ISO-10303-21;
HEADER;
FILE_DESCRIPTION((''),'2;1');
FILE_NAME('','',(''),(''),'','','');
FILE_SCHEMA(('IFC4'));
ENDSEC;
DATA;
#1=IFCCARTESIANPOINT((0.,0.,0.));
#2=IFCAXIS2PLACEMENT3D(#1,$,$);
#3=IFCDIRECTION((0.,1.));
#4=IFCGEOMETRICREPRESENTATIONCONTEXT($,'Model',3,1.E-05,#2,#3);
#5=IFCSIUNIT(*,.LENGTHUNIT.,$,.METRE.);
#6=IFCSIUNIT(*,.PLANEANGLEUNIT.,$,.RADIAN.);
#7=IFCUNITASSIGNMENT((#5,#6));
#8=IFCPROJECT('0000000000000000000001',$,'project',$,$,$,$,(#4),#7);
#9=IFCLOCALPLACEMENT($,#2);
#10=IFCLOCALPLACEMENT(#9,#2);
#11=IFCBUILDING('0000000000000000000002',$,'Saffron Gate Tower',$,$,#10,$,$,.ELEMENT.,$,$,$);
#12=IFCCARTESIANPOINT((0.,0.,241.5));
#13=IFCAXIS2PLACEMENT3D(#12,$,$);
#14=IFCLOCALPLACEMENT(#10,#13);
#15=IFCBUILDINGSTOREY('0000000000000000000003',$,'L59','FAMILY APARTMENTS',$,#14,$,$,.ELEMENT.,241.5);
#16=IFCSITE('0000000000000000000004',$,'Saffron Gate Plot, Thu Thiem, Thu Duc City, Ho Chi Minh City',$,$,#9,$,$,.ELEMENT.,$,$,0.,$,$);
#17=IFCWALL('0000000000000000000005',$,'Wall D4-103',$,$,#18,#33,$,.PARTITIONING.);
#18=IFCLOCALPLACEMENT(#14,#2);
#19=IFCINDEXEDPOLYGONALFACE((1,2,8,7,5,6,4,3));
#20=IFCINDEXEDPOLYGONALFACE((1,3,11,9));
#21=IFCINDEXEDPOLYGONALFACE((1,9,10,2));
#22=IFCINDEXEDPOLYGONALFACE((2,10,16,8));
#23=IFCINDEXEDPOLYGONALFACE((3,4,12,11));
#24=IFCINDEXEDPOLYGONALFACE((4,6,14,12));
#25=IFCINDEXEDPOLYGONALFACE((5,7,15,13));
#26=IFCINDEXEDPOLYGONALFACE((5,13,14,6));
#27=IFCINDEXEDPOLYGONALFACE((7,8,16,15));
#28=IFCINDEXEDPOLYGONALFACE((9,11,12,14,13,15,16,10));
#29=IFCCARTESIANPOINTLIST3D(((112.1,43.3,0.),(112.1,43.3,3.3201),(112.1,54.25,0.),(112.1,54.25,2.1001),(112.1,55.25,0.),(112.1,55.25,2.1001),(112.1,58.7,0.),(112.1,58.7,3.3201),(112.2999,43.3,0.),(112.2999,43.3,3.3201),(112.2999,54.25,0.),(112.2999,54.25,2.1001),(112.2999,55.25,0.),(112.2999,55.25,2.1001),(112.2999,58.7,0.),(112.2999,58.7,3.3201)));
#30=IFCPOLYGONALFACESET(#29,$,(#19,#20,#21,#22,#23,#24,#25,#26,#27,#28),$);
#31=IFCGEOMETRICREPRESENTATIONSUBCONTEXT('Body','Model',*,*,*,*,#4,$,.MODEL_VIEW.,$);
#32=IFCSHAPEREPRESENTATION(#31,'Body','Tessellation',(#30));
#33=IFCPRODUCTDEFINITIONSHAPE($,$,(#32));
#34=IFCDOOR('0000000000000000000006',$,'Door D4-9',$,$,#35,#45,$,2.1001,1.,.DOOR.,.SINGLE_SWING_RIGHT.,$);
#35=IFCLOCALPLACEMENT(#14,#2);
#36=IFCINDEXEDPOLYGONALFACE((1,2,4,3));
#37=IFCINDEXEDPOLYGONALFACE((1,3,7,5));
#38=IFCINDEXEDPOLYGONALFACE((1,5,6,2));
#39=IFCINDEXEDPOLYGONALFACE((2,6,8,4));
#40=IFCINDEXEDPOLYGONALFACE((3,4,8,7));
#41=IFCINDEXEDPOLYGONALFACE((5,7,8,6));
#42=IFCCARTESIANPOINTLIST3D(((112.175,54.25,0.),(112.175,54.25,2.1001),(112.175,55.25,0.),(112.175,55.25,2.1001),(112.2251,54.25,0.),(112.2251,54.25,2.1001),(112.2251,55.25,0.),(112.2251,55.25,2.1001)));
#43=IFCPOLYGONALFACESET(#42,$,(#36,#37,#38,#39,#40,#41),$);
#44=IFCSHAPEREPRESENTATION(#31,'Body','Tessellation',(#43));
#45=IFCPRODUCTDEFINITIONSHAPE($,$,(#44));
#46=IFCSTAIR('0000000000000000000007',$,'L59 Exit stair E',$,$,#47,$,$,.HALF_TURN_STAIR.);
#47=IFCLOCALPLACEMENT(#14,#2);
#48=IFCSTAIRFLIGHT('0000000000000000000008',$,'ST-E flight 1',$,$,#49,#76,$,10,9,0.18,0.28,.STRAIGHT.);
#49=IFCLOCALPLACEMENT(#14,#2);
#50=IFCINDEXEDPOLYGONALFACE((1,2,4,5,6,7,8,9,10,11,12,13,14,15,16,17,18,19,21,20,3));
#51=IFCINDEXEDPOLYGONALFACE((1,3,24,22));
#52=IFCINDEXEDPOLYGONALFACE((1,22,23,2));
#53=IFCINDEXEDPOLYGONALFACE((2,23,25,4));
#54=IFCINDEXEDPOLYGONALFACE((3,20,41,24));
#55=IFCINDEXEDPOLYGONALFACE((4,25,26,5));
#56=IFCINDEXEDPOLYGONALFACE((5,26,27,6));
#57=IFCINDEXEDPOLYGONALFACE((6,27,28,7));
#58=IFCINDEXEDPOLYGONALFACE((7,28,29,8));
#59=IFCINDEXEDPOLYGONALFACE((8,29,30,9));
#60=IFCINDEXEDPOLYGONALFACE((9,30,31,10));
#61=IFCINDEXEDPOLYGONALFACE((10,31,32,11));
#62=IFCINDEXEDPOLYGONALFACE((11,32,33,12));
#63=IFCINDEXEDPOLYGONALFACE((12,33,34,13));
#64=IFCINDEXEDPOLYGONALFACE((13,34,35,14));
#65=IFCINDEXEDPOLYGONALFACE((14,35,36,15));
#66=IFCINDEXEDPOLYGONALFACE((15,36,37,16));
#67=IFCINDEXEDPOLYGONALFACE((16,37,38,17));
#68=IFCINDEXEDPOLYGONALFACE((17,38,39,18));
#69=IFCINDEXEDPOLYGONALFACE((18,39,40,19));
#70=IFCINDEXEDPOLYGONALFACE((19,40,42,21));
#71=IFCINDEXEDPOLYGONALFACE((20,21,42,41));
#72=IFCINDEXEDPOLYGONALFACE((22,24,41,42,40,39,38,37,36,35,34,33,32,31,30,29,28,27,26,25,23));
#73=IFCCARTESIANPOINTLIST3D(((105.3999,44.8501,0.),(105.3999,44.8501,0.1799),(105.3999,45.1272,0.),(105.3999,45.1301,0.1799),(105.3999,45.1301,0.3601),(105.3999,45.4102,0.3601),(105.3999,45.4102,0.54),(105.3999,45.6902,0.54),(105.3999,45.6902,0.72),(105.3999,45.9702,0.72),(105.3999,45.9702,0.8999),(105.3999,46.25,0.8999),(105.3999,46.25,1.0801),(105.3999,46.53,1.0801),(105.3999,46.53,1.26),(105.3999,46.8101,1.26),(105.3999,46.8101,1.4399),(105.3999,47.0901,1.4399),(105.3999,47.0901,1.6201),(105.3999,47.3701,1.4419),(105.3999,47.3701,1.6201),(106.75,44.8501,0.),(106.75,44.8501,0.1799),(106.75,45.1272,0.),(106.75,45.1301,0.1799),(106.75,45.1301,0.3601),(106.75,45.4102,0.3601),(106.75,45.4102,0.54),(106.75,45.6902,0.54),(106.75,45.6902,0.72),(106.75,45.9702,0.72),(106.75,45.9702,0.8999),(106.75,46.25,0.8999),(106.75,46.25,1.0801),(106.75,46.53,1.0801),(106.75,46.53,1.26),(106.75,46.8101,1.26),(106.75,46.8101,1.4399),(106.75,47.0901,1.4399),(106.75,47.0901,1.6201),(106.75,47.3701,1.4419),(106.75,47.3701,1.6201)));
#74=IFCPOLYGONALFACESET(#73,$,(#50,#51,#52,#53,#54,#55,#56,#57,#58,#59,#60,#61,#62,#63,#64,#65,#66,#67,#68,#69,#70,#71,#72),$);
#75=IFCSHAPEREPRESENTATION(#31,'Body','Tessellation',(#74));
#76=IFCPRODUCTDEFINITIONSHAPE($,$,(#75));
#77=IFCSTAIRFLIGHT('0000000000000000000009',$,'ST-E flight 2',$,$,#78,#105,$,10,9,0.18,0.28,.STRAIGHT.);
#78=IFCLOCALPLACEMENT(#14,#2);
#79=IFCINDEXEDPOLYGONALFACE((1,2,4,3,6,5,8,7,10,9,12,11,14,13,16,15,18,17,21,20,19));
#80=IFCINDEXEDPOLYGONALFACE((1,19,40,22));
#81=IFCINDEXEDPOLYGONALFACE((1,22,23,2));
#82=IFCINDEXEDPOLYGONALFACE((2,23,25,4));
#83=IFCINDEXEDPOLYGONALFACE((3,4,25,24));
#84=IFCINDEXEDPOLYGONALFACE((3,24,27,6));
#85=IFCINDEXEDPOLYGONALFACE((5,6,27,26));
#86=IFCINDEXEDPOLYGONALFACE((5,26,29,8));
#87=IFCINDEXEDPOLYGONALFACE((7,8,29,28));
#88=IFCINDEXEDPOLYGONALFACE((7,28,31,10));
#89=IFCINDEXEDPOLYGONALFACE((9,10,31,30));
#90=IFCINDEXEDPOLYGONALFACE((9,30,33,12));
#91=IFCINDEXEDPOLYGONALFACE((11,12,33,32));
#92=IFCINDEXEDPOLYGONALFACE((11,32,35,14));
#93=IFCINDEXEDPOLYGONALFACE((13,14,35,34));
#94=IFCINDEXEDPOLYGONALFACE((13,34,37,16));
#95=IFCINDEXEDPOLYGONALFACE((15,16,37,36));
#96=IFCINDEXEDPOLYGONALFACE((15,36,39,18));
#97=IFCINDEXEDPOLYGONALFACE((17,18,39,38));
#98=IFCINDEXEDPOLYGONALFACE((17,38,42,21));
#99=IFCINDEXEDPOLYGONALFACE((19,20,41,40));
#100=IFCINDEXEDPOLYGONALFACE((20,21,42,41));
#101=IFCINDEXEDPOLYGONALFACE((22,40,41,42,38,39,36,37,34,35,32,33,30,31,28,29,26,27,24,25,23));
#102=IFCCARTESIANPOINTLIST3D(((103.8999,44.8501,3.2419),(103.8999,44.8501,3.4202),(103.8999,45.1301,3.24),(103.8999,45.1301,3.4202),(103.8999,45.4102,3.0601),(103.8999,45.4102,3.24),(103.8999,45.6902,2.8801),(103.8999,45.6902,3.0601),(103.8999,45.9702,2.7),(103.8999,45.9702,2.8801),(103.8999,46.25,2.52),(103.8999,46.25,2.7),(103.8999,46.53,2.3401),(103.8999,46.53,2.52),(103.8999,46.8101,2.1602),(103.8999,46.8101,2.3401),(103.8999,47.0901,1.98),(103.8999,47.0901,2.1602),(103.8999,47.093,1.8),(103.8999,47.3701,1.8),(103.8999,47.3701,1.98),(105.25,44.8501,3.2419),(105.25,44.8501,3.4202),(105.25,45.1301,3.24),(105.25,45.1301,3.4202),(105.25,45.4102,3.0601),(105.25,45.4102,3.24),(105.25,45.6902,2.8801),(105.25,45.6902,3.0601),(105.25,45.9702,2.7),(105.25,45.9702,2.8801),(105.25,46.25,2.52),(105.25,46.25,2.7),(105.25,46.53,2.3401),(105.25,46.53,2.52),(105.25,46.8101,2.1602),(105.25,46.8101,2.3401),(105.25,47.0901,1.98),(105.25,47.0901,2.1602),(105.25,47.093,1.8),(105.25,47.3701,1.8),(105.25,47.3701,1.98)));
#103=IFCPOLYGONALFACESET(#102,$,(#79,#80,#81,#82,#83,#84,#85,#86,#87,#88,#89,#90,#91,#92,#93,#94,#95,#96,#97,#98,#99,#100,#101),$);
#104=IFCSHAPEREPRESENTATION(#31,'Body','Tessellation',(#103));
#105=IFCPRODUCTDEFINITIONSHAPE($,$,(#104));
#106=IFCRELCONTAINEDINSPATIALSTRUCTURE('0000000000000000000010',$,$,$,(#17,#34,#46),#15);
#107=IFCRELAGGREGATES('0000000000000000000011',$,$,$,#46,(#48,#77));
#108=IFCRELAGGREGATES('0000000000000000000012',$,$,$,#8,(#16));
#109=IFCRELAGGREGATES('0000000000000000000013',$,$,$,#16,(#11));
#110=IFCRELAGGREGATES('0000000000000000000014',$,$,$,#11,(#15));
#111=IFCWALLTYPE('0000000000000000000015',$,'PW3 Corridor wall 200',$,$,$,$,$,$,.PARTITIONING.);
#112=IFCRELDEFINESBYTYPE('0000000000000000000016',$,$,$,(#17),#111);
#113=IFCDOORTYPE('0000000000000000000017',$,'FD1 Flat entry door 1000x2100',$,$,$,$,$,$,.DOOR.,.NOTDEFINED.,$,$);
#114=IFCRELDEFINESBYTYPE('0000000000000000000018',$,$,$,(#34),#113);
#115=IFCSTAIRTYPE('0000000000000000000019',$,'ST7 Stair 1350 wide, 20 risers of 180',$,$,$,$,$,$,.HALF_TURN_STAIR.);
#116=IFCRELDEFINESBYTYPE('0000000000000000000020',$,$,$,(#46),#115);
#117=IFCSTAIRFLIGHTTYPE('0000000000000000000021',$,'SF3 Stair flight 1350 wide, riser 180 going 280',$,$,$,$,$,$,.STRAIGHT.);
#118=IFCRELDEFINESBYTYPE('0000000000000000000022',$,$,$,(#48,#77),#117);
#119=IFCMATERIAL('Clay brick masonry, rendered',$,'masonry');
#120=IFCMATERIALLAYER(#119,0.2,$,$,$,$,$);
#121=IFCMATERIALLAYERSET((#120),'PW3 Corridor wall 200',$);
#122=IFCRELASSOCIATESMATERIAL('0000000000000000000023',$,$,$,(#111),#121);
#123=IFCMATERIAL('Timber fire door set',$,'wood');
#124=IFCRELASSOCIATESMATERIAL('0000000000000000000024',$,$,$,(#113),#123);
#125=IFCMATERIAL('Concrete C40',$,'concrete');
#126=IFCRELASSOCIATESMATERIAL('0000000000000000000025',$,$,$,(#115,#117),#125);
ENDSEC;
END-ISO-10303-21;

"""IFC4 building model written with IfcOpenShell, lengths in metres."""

from ifc_helpers import new_model, si_unit, direction, frame, frame_2d, origin, place, context, subcontext, project, spatial, polyline, rectangle, outline, extrude, material, layer, layer_set, type_object, element, fill, aggregate, save


model = new_model("IFC4")

# Units and contexts
model_context = context("Model", 3, precision=1e-05, world=origin(), true_north=direction((0.0, 1.0)))
body_context = subcontext(model_context, "Body", "Model", "MODEL_VIEW")
ifc_project = project(units=[si_unit("LENGTHUNIT", "METRE"), si_unit("PLANEANGLEUNIT", "RADIAN")], contexts=[model_context])

# Site, building, storey
site_placement = place(None, origin())
site = spatial("IfcSite", under=ifc_project, at=site_placement, Name="Saffron Gate Plot, Thu Thiem, Thu Duc City, Ho Chi Minh City", CompositionType="ELEMENT", RefElevation=0.0)
building_placement = place(site_placement, origin())
building = spatial("IfcBuilding", under=site, at=building_placement, Name="Saffron Gate Tower", CompositionType="ELEMENT")
storey_placement = place(building_placement, frame((0.0, 0.0, 241.5)))
storey = spatial("IfcBuildingStorey", under=building, at=storey_placement, Name="L59", Description="FAMILY APARTMENTS", CompositionType="ELEMENT", Elevation=241.5)

# Wall, opening, door
ifc_material_1 = material(Name="Clay brick masonry, rendered", Category="masonry")
ifc_layer_1 = layer(ifc_material_1, 0.2)
ifc_layer_set_1 = layer_set([ifc_layer_1], Name="PW3 Corridor wall 200")
wall_type_1 = type_object("IfcWallType", Name="PW3 Corridor wall 200", PredefinedType="PARTITIONING", material=ifc_layer_set_1)
wall_1_placement = place(storey_placement, frame((112.2, 43.3, 0.0), z_axis=(0.0, 0.0, 1.0), x_axis=(0.0, 1.0, 0.0)))
wall_1 = element("IfcWall", 1, at=wall_1_placement, inside=storey, type_object=wall_type_1, Name="Wall D4-103", PredefinedType="PARTITIONING", context=body_context, shape_type="SweptSolid", body=[
    extrude(rectangle(XDim=15.3999, YDim=0.2, at=frame_2d((7.7, 0.0))), origin(), (0.0, 0.0, 1.0), 3.3201),
])
opening_1_placement = place(wall_1_placement, frame((10.95, 0.0, 0.0)))
opening_1 = element("IfcOpeningElement", 2, at=opening_1_placement, cuts=wall_1, PredefinedType="OPENING", context=body_context, shape_type="SweptSolid", body=[
    extrude(rectangle(XDim=1.0, YDim=2.1001, at=frame_2d((0.5, 1.05))), frame((0.0, 0.1099, 0.0), z_axis=(0.0, -1.0, 0.0), x_axis=(1.0, 0.0, 0.0)), (0.0, 0.0, 1.0), 0.22),
])
ifc_material_2 = material(Name="Timber fire door set", Category="wood")
door_type_1 = type_object("IfcDoorType", Name="FD1 Flat entry door 1000x2100", OperationType="NOTDEFINED", PredefinedType="DOOR", material=ifc_material_2)
door_1_placement = place(opening_1_placement, origin())
door_1 = element("IfcDoor", 3, at=door_1_placement, inside=storey, type_object=door_type_1, Name="Door D4-9", OperationType="SINGLE_SWING_RIGHT", OverallHeight=2.1001, OverallWidth=1.0, PredefinedType="DOOR", context=body_context, shape_type="SweptSolid", body=[
    extrude(rectangle(XDim=1.0, YDim=2.1001, at=frame_2d((0.5, 1.05))), frame((0.0, 0.0249, 0.0), z_axis=(0.0, -1.0, 0.0), x_axis=(1.0, 0.0, 0.0)), (0.0, 0.0, 1.0), 0.05),
])
fill(opening_1, door_1)

# Stair, stair flights
ifc_material_3 = material(Name="Concrete C40", Category="concrete")
stair_type = type_object("IfcStairType", Name="ST7 Stair 1350 wide, 20 risers of 180", PredefinedType="HALF_TURN_STAIR", material=ifc_material_3)
stair_placement = place(storey_placement, origin())
stair = element("IfcStair", 4, at=stair_placement, inside=storey, type_object=stair_type, Name="L59 Exit stair E", PredefinedType="HALF_TURN_STAIR")
stair_flight_type = type_object("IfcStairFlightType", Name="SF3 Stair flight 1350 wide, riser 180 going 280", PredefinedType="STRAIGHT", material=ifc_material_3)
stair_flight_1_placement = place(storey_placement, frame((106.075, 44.8501, 0.0), z_axis=(0.0, 0.0, 1.0), x_axis=(0.0, 1.0, 0.0)))
stair_flight_1 = element("IfcStairFlight", 5, at=stair_flight_1_placement, type_object=stair_flight_type, Name="ST-E flight 1", NumberOfRisers=10, NumberOfTreads=9, PredefinedType="STRAIGHT", RiserHeight=0.18, TreadLength=0.28, context=body_context, shape_type="SweptSolid", body=[
    extrude(outline(polyline([(0.0, 0.0), (0.0, 0.1799), (0.28, 0.1799), (0.28, 0.3601), (0.5601, 0.3601), (0.5601, 0.54), (0.8401, 0.54), (0.8401, 0.72), (1.1201, 0.72), (1.1201, 0.8999), (1.3999, 0.8999), (1.3999, 1.0801), (1.6799, 1.0801), (1.6799, 1.26), (1.96, 1.26), (1.96, 1.4399), (2.24, 1.4399), (2.24, 1.6201), (2.52, 1.6201), (2.52, 1.8), (2.52, 1.4419), (0.2771, 0.0), (0.0, 0.0)])), frame((0.0, 0.675, 0.0), z_axis=(0.0, -1.0, 0.0), x_axis=(1.0, 0.0, 0.0)), (0.0, 0.0, 1.0), 1.3501),
])
stair_flight_2_placement = place(storey_placement, frame((104.575, 47.3701, 1.8), z_axis=(0.0, 0.0, 1.0), x_axis=(0.0, -1.0, 0.0)))
stair_flight_2 = element("IfcStairFlight", 6, at=stair_flight_2_placement, type_object=stair_flight_type, Name="ST-E flight 2", NumberOfRisers=10, NumberOfTreads=9, PredefinedType="STRAIGHT", RiserHeight=0.18, TreadLength=0.28, context=body_context, shape_type="SweptSolid", body=[
    extrude(outline(polyline([(0.0, 0.0), (0.0, 0.1799), (0.28, 0.1799), (0.28, 0.3601), (0.5601, 0.3601), (0.5601, 0.54), (0.8401, 0.54), (0.8401, 0.72), (1.1201, 0.72), (1.1201, 0.8999), (1.3999, 0.8999), (1.3999, 1.0801), (1.6799, 1.0801), (1.6799, 1.26), (1.96, 1.26), (1.96, 1.4399), (2.24, 1.4399), (2.24, 1.6201), (2.52, 1.6201), (2.52, 1.8), (2.52, 1.4419), (0.2771, 0.0), (0.0, 0.0)])), frame((0.0, 0.675, 0.0), z_axis=(0.0, -1.0, 0.0), x_axis=(1.0, 0.0, 0.0)), (0.0, 0.0, 1.0), 1.3501),
])
aggregate(stair, [stair_flight_1, stair_flight_2])

save(model, "model.ifc")
